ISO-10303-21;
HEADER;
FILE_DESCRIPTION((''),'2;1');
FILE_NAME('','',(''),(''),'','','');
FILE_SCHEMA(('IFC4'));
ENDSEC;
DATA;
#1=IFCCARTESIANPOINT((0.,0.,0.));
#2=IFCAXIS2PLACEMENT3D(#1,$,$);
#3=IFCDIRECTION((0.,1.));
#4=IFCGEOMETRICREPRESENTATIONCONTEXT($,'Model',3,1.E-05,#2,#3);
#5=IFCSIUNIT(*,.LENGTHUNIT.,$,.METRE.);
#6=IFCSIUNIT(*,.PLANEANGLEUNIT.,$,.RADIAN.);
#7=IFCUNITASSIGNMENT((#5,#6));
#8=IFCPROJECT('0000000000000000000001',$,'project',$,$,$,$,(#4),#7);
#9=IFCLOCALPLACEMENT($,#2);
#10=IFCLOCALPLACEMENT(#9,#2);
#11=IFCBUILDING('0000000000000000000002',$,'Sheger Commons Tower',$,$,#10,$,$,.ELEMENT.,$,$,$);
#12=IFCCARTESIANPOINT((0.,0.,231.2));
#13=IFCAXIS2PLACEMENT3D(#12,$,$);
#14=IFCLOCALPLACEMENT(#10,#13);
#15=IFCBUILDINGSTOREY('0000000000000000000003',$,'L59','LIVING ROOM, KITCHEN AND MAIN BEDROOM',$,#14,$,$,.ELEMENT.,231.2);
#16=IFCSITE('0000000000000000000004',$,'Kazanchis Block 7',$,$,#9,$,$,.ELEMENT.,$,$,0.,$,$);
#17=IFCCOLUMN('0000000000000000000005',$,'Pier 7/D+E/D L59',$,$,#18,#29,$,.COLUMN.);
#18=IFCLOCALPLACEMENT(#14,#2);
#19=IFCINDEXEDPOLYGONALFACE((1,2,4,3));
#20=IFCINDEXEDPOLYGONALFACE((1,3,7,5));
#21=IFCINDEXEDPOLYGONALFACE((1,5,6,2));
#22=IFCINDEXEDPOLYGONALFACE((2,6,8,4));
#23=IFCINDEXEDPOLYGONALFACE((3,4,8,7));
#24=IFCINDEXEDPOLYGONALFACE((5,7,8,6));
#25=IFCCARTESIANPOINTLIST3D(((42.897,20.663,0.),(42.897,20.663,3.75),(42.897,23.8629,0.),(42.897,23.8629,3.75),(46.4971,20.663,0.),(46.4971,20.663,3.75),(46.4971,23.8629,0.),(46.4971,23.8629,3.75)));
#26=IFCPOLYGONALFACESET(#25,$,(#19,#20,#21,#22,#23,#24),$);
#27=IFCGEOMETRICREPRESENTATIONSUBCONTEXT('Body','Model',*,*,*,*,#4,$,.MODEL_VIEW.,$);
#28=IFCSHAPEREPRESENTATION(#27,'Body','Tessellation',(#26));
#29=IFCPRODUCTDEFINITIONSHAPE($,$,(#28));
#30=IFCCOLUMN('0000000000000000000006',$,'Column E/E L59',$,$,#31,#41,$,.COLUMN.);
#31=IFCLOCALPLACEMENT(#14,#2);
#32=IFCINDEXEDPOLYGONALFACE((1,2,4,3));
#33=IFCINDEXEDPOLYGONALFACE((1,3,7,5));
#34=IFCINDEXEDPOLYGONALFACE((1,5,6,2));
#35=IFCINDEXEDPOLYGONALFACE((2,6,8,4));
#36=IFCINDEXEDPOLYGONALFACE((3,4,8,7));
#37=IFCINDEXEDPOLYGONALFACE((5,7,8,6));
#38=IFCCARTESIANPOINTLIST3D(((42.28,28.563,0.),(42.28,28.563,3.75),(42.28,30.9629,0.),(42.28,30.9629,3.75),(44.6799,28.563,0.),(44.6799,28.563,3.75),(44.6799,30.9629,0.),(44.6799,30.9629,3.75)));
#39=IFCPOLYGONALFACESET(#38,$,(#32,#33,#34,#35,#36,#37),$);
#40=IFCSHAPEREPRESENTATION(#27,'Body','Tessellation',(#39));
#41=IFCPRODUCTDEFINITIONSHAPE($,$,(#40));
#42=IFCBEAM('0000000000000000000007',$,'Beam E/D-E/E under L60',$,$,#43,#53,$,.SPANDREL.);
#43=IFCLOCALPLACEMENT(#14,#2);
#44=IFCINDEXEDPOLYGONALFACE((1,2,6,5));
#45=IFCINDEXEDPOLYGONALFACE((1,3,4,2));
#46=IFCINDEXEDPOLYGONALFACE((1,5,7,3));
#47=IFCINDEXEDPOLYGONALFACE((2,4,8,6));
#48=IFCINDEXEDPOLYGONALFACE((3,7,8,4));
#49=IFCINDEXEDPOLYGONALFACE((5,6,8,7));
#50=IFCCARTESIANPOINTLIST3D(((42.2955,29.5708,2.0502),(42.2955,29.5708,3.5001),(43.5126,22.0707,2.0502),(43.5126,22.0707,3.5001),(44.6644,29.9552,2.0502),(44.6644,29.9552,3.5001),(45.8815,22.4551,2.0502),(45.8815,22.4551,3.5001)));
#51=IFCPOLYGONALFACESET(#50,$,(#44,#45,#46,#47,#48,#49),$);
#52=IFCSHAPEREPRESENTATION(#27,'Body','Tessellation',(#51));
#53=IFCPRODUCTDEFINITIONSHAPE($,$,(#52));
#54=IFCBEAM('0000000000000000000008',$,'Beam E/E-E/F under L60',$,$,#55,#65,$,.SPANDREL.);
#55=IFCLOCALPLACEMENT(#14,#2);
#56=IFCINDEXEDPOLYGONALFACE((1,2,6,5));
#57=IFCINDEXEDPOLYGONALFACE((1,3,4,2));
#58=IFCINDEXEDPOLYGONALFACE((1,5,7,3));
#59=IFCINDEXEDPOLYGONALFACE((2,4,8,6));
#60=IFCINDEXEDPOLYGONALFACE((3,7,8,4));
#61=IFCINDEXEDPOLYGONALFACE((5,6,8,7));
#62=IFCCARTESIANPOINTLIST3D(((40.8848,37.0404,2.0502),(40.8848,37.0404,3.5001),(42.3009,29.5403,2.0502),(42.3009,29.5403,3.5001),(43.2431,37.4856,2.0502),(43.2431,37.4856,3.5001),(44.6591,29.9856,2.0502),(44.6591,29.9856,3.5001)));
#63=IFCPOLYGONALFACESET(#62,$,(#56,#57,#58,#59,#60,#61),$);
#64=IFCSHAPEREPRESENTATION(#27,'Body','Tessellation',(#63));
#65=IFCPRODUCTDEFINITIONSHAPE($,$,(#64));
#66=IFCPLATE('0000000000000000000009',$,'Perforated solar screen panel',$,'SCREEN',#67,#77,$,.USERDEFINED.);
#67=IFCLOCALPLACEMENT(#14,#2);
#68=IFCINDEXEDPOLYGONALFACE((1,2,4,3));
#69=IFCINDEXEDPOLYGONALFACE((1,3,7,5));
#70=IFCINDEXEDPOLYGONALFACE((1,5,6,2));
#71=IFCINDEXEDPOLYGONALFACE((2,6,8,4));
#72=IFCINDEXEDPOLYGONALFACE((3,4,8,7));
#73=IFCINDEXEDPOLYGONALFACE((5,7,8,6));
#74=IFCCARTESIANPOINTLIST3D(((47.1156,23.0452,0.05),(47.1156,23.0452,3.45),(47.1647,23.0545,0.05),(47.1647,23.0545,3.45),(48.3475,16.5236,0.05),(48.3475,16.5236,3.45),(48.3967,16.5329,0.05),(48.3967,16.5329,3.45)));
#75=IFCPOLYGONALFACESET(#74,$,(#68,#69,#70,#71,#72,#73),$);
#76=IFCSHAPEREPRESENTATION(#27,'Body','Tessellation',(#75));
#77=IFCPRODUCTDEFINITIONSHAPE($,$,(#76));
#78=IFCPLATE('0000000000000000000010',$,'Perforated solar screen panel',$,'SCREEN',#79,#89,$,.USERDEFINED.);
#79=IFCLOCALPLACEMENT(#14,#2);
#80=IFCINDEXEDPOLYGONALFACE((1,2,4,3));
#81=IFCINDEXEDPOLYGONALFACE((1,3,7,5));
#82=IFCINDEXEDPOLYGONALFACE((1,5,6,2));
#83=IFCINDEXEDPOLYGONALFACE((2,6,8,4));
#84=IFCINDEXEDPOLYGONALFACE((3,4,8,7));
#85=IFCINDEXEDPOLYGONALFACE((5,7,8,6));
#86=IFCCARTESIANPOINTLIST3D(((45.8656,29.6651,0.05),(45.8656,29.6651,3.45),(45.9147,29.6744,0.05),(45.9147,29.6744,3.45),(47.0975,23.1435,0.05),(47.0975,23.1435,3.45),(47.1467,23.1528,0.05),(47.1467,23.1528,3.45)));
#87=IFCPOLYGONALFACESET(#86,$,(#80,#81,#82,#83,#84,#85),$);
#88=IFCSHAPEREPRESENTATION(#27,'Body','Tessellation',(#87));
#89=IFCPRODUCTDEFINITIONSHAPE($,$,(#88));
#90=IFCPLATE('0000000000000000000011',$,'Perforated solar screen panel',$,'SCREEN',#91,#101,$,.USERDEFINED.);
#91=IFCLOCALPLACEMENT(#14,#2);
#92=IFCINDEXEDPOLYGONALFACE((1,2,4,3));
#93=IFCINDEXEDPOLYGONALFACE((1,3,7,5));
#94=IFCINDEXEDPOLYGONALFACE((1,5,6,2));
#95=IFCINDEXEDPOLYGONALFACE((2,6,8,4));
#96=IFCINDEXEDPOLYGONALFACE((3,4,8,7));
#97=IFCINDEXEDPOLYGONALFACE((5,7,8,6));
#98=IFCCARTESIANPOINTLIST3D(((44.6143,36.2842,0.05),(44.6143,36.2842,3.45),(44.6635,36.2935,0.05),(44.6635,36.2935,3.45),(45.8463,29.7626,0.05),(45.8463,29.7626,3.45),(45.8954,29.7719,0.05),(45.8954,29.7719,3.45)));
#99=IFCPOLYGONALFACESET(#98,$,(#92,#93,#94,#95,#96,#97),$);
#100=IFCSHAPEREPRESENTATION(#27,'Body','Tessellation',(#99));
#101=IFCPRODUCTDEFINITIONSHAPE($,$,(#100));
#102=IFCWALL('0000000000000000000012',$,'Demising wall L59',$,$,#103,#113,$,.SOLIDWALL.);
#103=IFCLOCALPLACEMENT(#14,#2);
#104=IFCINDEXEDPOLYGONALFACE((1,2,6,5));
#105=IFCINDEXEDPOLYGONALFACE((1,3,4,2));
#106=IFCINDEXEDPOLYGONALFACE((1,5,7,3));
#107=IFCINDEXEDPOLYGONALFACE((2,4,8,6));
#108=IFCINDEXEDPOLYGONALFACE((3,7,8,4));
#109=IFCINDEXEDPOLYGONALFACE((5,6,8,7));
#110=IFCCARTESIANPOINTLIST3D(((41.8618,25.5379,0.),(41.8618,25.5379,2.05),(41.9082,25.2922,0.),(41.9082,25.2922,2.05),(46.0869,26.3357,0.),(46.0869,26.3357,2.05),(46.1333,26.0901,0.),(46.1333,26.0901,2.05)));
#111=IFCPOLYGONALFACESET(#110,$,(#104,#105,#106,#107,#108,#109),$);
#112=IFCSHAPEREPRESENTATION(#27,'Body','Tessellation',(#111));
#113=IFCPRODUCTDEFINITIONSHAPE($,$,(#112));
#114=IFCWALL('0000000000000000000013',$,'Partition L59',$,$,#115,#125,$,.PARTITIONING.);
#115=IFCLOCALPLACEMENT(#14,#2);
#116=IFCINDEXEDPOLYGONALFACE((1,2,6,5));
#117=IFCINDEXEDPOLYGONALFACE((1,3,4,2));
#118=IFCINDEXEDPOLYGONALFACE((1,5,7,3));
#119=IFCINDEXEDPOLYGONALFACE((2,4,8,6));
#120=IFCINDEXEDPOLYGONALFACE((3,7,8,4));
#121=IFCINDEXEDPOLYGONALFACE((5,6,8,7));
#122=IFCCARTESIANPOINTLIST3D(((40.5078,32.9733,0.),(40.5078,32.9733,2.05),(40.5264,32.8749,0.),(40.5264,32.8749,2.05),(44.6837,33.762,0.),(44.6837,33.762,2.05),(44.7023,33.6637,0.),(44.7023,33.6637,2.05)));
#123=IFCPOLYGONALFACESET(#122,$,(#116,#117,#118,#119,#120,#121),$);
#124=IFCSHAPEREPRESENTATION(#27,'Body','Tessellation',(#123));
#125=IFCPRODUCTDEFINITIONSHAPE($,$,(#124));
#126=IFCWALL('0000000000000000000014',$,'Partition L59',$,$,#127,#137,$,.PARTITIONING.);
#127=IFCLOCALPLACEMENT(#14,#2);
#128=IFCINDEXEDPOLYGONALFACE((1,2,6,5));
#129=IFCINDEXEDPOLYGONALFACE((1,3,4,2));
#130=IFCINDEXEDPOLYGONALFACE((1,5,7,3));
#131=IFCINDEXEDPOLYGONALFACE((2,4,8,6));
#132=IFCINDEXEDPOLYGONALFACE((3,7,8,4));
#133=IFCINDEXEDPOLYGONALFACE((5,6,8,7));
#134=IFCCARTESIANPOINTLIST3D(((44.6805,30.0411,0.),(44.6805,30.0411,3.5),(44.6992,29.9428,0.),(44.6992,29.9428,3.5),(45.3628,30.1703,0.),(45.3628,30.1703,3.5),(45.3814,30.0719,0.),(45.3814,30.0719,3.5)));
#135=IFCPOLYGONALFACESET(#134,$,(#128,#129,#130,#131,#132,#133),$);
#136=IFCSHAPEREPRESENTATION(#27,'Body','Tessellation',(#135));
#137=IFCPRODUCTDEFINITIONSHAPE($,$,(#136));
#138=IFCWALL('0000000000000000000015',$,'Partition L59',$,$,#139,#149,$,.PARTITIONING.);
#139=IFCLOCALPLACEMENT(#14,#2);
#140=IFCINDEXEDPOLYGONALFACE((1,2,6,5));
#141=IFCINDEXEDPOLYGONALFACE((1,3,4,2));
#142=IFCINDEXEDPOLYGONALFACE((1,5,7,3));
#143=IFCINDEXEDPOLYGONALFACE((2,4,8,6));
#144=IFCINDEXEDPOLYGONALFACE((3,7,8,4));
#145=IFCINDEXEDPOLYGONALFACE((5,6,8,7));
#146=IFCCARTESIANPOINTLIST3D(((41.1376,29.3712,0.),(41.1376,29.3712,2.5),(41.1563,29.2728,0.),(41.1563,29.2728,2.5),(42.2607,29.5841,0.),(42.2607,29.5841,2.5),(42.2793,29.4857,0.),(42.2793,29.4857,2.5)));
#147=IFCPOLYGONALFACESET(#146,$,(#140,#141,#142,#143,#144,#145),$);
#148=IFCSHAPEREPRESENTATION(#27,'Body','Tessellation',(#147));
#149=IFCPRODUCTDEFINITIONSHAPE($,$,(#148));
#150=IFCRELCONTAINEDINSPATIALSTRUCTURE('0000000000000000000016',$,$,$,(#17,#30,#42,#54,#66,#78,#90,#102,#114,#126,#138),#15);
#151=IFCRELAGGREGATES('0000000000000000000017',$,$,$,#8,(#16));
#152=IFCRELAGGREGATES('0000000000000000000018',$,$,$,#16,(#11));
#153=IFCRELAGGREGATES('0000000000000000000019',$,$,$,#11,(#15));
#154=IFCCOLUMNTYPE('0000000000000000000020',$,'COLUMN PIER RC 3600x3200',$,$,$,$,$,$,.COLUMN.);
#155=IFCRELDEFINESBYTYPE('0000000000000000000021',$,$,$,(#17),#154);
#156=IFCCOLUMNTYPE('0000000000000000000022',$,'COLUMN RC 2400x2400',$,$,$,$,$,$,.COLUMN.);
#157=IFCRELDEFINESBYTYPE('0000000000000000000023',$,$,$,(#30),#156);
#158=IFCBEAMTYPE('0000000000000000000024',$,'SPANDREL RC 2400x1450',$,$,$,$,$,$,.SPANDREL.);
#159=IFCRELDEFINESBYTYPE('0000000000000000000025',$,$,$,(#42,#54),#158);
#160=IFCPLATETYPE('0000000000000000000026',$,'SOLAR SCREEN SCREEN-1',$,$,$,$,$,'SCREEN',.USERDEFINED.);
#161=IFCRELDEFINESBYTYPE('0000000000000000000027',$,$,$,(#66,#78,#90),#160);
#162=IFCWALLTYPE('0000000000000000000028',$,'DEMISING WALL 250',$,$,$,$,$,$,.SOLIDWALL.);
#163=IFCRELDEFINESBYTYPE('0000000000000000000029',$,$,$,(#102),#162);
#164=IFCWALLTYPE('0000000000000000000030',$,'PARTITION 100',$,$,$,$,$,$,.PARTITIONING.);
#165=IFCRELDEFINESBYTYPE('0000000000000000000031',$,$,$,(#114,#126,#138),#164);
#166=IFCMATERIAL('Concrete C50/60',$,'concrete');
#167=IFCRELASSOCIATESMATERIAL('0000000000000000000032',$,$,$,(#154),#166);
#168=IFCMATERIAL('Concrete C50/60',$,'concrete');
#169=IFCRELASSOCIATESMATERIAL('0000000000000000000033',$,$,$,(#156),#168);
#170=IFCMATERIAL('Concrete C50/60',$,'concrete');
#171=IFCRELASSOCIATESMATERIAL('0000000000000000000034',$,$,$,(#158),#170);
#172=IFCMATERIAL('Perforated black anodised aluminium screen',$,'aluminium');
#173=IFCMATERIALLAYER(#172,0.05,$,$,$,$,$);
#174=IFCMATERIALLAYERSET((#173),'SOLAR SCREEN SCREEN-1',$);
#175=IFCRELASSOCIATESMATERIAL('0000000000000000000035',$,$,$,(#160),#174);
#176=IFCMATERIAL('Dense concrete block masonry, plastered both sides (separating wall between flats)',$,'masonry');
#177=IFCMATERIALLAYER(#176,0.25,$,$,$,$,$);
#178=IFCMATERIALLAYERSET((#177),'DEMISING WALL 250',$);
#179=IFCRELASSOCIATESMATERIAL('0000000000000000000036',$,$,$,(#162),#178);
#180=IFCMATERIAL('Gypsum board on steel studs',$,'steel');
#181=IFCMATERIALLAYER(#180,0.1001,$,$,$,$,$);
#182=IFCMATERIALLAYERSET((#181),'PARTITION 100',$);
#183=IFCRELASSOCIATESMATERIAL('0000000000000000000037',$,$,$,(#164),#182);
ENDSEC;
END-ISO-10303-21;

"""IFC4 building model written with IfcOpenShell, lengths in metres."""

from ifc_helpers import new_model, si_unit, direction, frame, frame_2d, origin, origin_2d, place, context, subcontext, project, spatial, rectangle, extrude, material, layer, layer_set, material_profile, profile_set, type_object, element, save


model = new_model("IFC4")

# Units and contexts
model_context = context("Model", 3, precision=1e-05, world=origin(), true_north=direction((0.0, 1.0)))
body_context = subcontext(model_context, "Body", "Model", "MODEL_VIEW")
ifc_project = project(units=[si_unit("LENGTHUNIT", "METRE"), si_unit("PLANEANGLEUNIT", "RADIAN")], contexts=[model_context])

# Site, building, storey
site_placement = place(None, origin())
site = spatial("IfcSite", under=ifc_project, at=site_placement, Name="Kazanchis Block 7", CompositionType="ELEMENT", RefElevation=0.0)
building_placement = place(site_placement, origin())
building = spatial("IfcBuilding", under=site, at=building_placement, Name="Sheger Commons Tower", CompositionType="ELEMENT")
storey_placement = place(building_placement, frame((0.0, 0.0, 231.2)))
storey = spatial("IfcBuildingStorey", under=building, at=storey_placement, Name="L59", Description="LIVING ROOM, KITCHEN AND MAIN BEDROOM", CompositionType="ELEMENT", Elevation=231.2)

# Columns
ifc_material_1 = material(Name="Concrete C50/60", Category="concrete")
ifc_material_profile_1 = material_profile(ifc_material_1, rectangle(XDim=3.6001, YDim=3.2, at=origin_2d()), Name="RC 3600x3200")
ifc_profile_set_1 = profile_set([ifc_material_profile_1], Name="Concrete C50/60")
column_type_1 = type_object("IfcColumnType", Name="COLUMN PIER RC 3600x3200", PredefinedType="COLUMN", material=ifc_profile_set_1)
column_1_placement = place(storey_placement, frame((44.697, 22.2629, 0.0), z_axis=(0.0, 0.0, 1.0), x_axis=(1.0, 0.0, 0.0)))
element("IfcColumn", 1, at=column_1_placement, inside=storey, type_object=column_type_1, Name="Pier 7/D+E/D L59", PredefinedType="COLUMN", context=body_context, shape_type="SweptSolid", body=[
    extrude(rectangle(XDim=3.6001, YDim=3.2, at=origin_2d()), origin(), (0.0, 0.0, 1.0), 3.75),
])
ifc_material_2 = material(Name="Concrete C50/60", Category="concrete")
ifc_material_profile_2 = material_profile(ifc_material_2, rectangle(XDim=2.3999, YDim=2.3999, at=origin_2d()), Name="RC 2400x2400")
ifc_profile_set_2 = profile_set([ifc_material_profile_2], Name="Concrete C50/60")
column_type_2 = type_object("IfcColumnType", Name="COLUMN RC 2400x2400", PredefinedType="COLUMN", material=ifc_profile_set_2)
column_2_placement = place(storey_placement, frame((43.48, 29.7629, 0.0), z_axis=(0.0, 0.0, 1.0), x_axis=(1.0, 0.0, 0.0)))
element("IfcColumn", 2, at=column_2_placement, inside=storey, type_object=column_type_2, Name="Column E/E L59", PredefinedType="COLUMN", context=body_context, shape_type="SweptSolid", body=[
    extrude(rectangle(XDim=2.3999, YDim=2.3999, at=origin_2d()), origin(), (0.0, 0.0, 1.0), 3.75),
])

# Beams
ifc_material_3 = material(Name="Concrete C50/60", Category="concrete")
ifc_material_profile_3 = material_profile(ifc_material_3, rectangle(XDim=2.3999, YDim=1.45, at=origin_2d()), Name="RC 2400x1450")
ifc_profile_set_3 = profile_set([ifc_material_profile_3], Name="Concrete C50/60")
beam_type = type_object("IfcBeamType", Name="SPANDREL RC 2400x1450", PredefinedType="SPANDREL", material=ifc_profile_set_3)
beam_1_placement = place(storey_placement, frame((44.697, 22.2629, 2.7751), z_axis=(-0.160177, 0.987088, 0.0), x_axis=(-0.987088, -0.160177, 0.0)))
element("IfcBeam", 3, at=beam_1_placement, inside=storey, type_object=beam_type, Name="Beam E/D-E/E under L60", PredefinedType="SPANDREL", context=body_context, shape_type="SweptSolid", body=[
    extrude(rectangle(XDim=2.3999, YDim=1.45, at=origin_2d()), origin(), (0.0, 0.0, 1.0), 7.5981),
])
beam_2_placement = place(storey_placement, frame((43.48, 29.7629, 2.7751), z_axis=(-0.185524, 0.98264, 0.0), x_axis=(-0.98264, -0.185524, 0.0)))
element("IfcBeam", 4, at=beam_2_placement, inside=storey, type_object=beam_type, Name="Beam E/E-E/F under L60", PredefinedType="SPANDREL", context=body_context, shape_type="SweptSolid", body=[
    extrude(rectangle(XDim=2.3999, YDim=1.45, at=origin_2d()), origin(), (0.0, 0.0, 1.0), 7.6326),
])

# Plates
ifc_material_4 = material(Name="Perforated black anodised aluminium screen", Category="aluminium")
ifc_layer_1 = layer(ifc_material_4, 0.05)
ifc_layer_set_1 = layer_set([ifc_layer_1], Name="SOLAR SCREEN SCREEN-1")
plate_type = type_object("IfcPlateType", Name="SOLAR SCREEN SCREEN-1", ElementType="SCREEN", PredefinedType="USERDEFINED", material=ifc_layer_set_1)
for number, where, z_axis, x_axis, name in (
    (5, (47.7561, 19.7891, 0.05), (0.0, 0.0, 1.0), (-0.185615, 0.982623, 0.0), "Perforated solar screen panel"),
    (6, (46.5061, 26.4089, 0.05), (0.0, 0.0, 1.0), (-0.185615, 0.982623, 0.0), "Perforated solar screen panel"),
    (7, (45.2549, 33.0281, 0.05), (0.0, 0.0, 1.0), (-0.185615, 0.982623, 0.0), "Perforated solar screen panel"),
):
    element("IfcPlate", number, at=place(storey_placement, frame(where, z_axis=z_axis, x_axis=x_axis)), inside=storey, type_object=plate_type, Name=name, ObjectType="SCREEN", PredefinedType="USERDEFINED", context=body_context, shape_type="SweptSolid", body=[
        extrude(rectangle(XDim=6.637, YDim=0.05, at=origin_2d()), origin(), (0.0, 0.0, 1.0), 3.3999),
    ])

# Walls
ifc_material_5 = material(Name="Dense concrete block masonry, plastered both sides (separating wall between flats)", Category="masonry")
ifc_layer_2 = layer(ifc_material_5, 0.25)
ifc_layer_set_2 = layer_set([ifc_layer_2], Name="DEMISING WALL 250")
wall_type_1 = type_object("IfcWallType", Name="DEMISING WALL 250", PredefinedType="SOLIDWALL", material=ifc_layer_set_2)
wall_1_placement = place(storey_placement, frame((46.1101, 26.2129, 0.0), z_axis=(0.0, 0.0, 1.0), x_axis=(-0.982634, -0.185557, 0.0)))
element("IfcWall", 8, at=wall_1_placement, inside=storey, type_object=wall_type_1, Name="Demising wall L59", PredefinedType="SOLIDWALL", context=body_context, shape_type="SweptSolid", body=[
    extrude(rectangle(XDim=4.2998, YDim=0.25, at=frame_2d((2.1499, 0.0))), origin(), (0.0, 0.0, 1.0), 2.05),
])
ifc_material_6 = material(Name="Gypsum board on steel studs", Category="steel")
ifc_layer_3 = layer(ifc_material_6, 0.1001)
ifc_layer_set_3 = layer_set([ifc_layer_3], Name="PARTITION 100")
wall_type_2 = type_object("IfcWallType", Name="PARTITION 100", PredefinedType="PARTITIONING", material=ifc_layer_set_3)
wall_2_placement = place(storey_placement, frame((44.6931, 33.7129, 0.0), z_axis=(0.0, 0.0, 1.0), x_axis=(-0.982624, -0.18561, 0.0)))
element("IfcWall", 9, at=wall_2_placement, inside=storey, type_object=wall_type_2, Name="Partition L59", PredefinedType="PARTITIONING", context=body_context, shape_type="SweptSolid", body=[
    extrude(rectangle(XDim=4.2498, YDim=0.1001, at=frame_2d((2.125, 0.0))), origin(), (0.0, 0.0, 1.0), 2.05),
])
wall_3_placement = place(storey_placement, frame((45.3721, 30.1211, 0.0), z_axis=(0.0, 0.0, 1.0), x_axis=(-0.982544, -0.186029, 0.0)))
element("IfcWall", 10, at=wall_3_placement, inside=storey, type_object=wall_type_2, Name="Partition L59", PredefinedType="PARTITIONING", context=body_context, shape_type="SweptSolid", body=[
    extrude(rectangle(XDim=0.6943, YDim=0.1001, at=frame_2d((0.3472, 0.0))), origin(), (0.0, 0.0, 1.0), 3.5),
])
wall_4_placement = place(storey_placement, frame((42.27, 29.5349, 0.0), z_axis=(0.0, 0.0, 1.0), x_axis=(-0.982503, -0.186248, 0.0)))
element("IfcWall", 11, at=wall_4_placement, inside=storey, type_object=wall_type_2, Name="Partition L59", PredefinedType="PARTITIONING", context=body_context, shape_type="SweptSolid", body=[
    extrude(rectangle(XDim=1.1431, YDim=0.1001, at=frame_2d((0.5715, 0.0))), origin(), (0.0, 0.0, 1.0), 2.5),
])

save(model, "model.ifc")
